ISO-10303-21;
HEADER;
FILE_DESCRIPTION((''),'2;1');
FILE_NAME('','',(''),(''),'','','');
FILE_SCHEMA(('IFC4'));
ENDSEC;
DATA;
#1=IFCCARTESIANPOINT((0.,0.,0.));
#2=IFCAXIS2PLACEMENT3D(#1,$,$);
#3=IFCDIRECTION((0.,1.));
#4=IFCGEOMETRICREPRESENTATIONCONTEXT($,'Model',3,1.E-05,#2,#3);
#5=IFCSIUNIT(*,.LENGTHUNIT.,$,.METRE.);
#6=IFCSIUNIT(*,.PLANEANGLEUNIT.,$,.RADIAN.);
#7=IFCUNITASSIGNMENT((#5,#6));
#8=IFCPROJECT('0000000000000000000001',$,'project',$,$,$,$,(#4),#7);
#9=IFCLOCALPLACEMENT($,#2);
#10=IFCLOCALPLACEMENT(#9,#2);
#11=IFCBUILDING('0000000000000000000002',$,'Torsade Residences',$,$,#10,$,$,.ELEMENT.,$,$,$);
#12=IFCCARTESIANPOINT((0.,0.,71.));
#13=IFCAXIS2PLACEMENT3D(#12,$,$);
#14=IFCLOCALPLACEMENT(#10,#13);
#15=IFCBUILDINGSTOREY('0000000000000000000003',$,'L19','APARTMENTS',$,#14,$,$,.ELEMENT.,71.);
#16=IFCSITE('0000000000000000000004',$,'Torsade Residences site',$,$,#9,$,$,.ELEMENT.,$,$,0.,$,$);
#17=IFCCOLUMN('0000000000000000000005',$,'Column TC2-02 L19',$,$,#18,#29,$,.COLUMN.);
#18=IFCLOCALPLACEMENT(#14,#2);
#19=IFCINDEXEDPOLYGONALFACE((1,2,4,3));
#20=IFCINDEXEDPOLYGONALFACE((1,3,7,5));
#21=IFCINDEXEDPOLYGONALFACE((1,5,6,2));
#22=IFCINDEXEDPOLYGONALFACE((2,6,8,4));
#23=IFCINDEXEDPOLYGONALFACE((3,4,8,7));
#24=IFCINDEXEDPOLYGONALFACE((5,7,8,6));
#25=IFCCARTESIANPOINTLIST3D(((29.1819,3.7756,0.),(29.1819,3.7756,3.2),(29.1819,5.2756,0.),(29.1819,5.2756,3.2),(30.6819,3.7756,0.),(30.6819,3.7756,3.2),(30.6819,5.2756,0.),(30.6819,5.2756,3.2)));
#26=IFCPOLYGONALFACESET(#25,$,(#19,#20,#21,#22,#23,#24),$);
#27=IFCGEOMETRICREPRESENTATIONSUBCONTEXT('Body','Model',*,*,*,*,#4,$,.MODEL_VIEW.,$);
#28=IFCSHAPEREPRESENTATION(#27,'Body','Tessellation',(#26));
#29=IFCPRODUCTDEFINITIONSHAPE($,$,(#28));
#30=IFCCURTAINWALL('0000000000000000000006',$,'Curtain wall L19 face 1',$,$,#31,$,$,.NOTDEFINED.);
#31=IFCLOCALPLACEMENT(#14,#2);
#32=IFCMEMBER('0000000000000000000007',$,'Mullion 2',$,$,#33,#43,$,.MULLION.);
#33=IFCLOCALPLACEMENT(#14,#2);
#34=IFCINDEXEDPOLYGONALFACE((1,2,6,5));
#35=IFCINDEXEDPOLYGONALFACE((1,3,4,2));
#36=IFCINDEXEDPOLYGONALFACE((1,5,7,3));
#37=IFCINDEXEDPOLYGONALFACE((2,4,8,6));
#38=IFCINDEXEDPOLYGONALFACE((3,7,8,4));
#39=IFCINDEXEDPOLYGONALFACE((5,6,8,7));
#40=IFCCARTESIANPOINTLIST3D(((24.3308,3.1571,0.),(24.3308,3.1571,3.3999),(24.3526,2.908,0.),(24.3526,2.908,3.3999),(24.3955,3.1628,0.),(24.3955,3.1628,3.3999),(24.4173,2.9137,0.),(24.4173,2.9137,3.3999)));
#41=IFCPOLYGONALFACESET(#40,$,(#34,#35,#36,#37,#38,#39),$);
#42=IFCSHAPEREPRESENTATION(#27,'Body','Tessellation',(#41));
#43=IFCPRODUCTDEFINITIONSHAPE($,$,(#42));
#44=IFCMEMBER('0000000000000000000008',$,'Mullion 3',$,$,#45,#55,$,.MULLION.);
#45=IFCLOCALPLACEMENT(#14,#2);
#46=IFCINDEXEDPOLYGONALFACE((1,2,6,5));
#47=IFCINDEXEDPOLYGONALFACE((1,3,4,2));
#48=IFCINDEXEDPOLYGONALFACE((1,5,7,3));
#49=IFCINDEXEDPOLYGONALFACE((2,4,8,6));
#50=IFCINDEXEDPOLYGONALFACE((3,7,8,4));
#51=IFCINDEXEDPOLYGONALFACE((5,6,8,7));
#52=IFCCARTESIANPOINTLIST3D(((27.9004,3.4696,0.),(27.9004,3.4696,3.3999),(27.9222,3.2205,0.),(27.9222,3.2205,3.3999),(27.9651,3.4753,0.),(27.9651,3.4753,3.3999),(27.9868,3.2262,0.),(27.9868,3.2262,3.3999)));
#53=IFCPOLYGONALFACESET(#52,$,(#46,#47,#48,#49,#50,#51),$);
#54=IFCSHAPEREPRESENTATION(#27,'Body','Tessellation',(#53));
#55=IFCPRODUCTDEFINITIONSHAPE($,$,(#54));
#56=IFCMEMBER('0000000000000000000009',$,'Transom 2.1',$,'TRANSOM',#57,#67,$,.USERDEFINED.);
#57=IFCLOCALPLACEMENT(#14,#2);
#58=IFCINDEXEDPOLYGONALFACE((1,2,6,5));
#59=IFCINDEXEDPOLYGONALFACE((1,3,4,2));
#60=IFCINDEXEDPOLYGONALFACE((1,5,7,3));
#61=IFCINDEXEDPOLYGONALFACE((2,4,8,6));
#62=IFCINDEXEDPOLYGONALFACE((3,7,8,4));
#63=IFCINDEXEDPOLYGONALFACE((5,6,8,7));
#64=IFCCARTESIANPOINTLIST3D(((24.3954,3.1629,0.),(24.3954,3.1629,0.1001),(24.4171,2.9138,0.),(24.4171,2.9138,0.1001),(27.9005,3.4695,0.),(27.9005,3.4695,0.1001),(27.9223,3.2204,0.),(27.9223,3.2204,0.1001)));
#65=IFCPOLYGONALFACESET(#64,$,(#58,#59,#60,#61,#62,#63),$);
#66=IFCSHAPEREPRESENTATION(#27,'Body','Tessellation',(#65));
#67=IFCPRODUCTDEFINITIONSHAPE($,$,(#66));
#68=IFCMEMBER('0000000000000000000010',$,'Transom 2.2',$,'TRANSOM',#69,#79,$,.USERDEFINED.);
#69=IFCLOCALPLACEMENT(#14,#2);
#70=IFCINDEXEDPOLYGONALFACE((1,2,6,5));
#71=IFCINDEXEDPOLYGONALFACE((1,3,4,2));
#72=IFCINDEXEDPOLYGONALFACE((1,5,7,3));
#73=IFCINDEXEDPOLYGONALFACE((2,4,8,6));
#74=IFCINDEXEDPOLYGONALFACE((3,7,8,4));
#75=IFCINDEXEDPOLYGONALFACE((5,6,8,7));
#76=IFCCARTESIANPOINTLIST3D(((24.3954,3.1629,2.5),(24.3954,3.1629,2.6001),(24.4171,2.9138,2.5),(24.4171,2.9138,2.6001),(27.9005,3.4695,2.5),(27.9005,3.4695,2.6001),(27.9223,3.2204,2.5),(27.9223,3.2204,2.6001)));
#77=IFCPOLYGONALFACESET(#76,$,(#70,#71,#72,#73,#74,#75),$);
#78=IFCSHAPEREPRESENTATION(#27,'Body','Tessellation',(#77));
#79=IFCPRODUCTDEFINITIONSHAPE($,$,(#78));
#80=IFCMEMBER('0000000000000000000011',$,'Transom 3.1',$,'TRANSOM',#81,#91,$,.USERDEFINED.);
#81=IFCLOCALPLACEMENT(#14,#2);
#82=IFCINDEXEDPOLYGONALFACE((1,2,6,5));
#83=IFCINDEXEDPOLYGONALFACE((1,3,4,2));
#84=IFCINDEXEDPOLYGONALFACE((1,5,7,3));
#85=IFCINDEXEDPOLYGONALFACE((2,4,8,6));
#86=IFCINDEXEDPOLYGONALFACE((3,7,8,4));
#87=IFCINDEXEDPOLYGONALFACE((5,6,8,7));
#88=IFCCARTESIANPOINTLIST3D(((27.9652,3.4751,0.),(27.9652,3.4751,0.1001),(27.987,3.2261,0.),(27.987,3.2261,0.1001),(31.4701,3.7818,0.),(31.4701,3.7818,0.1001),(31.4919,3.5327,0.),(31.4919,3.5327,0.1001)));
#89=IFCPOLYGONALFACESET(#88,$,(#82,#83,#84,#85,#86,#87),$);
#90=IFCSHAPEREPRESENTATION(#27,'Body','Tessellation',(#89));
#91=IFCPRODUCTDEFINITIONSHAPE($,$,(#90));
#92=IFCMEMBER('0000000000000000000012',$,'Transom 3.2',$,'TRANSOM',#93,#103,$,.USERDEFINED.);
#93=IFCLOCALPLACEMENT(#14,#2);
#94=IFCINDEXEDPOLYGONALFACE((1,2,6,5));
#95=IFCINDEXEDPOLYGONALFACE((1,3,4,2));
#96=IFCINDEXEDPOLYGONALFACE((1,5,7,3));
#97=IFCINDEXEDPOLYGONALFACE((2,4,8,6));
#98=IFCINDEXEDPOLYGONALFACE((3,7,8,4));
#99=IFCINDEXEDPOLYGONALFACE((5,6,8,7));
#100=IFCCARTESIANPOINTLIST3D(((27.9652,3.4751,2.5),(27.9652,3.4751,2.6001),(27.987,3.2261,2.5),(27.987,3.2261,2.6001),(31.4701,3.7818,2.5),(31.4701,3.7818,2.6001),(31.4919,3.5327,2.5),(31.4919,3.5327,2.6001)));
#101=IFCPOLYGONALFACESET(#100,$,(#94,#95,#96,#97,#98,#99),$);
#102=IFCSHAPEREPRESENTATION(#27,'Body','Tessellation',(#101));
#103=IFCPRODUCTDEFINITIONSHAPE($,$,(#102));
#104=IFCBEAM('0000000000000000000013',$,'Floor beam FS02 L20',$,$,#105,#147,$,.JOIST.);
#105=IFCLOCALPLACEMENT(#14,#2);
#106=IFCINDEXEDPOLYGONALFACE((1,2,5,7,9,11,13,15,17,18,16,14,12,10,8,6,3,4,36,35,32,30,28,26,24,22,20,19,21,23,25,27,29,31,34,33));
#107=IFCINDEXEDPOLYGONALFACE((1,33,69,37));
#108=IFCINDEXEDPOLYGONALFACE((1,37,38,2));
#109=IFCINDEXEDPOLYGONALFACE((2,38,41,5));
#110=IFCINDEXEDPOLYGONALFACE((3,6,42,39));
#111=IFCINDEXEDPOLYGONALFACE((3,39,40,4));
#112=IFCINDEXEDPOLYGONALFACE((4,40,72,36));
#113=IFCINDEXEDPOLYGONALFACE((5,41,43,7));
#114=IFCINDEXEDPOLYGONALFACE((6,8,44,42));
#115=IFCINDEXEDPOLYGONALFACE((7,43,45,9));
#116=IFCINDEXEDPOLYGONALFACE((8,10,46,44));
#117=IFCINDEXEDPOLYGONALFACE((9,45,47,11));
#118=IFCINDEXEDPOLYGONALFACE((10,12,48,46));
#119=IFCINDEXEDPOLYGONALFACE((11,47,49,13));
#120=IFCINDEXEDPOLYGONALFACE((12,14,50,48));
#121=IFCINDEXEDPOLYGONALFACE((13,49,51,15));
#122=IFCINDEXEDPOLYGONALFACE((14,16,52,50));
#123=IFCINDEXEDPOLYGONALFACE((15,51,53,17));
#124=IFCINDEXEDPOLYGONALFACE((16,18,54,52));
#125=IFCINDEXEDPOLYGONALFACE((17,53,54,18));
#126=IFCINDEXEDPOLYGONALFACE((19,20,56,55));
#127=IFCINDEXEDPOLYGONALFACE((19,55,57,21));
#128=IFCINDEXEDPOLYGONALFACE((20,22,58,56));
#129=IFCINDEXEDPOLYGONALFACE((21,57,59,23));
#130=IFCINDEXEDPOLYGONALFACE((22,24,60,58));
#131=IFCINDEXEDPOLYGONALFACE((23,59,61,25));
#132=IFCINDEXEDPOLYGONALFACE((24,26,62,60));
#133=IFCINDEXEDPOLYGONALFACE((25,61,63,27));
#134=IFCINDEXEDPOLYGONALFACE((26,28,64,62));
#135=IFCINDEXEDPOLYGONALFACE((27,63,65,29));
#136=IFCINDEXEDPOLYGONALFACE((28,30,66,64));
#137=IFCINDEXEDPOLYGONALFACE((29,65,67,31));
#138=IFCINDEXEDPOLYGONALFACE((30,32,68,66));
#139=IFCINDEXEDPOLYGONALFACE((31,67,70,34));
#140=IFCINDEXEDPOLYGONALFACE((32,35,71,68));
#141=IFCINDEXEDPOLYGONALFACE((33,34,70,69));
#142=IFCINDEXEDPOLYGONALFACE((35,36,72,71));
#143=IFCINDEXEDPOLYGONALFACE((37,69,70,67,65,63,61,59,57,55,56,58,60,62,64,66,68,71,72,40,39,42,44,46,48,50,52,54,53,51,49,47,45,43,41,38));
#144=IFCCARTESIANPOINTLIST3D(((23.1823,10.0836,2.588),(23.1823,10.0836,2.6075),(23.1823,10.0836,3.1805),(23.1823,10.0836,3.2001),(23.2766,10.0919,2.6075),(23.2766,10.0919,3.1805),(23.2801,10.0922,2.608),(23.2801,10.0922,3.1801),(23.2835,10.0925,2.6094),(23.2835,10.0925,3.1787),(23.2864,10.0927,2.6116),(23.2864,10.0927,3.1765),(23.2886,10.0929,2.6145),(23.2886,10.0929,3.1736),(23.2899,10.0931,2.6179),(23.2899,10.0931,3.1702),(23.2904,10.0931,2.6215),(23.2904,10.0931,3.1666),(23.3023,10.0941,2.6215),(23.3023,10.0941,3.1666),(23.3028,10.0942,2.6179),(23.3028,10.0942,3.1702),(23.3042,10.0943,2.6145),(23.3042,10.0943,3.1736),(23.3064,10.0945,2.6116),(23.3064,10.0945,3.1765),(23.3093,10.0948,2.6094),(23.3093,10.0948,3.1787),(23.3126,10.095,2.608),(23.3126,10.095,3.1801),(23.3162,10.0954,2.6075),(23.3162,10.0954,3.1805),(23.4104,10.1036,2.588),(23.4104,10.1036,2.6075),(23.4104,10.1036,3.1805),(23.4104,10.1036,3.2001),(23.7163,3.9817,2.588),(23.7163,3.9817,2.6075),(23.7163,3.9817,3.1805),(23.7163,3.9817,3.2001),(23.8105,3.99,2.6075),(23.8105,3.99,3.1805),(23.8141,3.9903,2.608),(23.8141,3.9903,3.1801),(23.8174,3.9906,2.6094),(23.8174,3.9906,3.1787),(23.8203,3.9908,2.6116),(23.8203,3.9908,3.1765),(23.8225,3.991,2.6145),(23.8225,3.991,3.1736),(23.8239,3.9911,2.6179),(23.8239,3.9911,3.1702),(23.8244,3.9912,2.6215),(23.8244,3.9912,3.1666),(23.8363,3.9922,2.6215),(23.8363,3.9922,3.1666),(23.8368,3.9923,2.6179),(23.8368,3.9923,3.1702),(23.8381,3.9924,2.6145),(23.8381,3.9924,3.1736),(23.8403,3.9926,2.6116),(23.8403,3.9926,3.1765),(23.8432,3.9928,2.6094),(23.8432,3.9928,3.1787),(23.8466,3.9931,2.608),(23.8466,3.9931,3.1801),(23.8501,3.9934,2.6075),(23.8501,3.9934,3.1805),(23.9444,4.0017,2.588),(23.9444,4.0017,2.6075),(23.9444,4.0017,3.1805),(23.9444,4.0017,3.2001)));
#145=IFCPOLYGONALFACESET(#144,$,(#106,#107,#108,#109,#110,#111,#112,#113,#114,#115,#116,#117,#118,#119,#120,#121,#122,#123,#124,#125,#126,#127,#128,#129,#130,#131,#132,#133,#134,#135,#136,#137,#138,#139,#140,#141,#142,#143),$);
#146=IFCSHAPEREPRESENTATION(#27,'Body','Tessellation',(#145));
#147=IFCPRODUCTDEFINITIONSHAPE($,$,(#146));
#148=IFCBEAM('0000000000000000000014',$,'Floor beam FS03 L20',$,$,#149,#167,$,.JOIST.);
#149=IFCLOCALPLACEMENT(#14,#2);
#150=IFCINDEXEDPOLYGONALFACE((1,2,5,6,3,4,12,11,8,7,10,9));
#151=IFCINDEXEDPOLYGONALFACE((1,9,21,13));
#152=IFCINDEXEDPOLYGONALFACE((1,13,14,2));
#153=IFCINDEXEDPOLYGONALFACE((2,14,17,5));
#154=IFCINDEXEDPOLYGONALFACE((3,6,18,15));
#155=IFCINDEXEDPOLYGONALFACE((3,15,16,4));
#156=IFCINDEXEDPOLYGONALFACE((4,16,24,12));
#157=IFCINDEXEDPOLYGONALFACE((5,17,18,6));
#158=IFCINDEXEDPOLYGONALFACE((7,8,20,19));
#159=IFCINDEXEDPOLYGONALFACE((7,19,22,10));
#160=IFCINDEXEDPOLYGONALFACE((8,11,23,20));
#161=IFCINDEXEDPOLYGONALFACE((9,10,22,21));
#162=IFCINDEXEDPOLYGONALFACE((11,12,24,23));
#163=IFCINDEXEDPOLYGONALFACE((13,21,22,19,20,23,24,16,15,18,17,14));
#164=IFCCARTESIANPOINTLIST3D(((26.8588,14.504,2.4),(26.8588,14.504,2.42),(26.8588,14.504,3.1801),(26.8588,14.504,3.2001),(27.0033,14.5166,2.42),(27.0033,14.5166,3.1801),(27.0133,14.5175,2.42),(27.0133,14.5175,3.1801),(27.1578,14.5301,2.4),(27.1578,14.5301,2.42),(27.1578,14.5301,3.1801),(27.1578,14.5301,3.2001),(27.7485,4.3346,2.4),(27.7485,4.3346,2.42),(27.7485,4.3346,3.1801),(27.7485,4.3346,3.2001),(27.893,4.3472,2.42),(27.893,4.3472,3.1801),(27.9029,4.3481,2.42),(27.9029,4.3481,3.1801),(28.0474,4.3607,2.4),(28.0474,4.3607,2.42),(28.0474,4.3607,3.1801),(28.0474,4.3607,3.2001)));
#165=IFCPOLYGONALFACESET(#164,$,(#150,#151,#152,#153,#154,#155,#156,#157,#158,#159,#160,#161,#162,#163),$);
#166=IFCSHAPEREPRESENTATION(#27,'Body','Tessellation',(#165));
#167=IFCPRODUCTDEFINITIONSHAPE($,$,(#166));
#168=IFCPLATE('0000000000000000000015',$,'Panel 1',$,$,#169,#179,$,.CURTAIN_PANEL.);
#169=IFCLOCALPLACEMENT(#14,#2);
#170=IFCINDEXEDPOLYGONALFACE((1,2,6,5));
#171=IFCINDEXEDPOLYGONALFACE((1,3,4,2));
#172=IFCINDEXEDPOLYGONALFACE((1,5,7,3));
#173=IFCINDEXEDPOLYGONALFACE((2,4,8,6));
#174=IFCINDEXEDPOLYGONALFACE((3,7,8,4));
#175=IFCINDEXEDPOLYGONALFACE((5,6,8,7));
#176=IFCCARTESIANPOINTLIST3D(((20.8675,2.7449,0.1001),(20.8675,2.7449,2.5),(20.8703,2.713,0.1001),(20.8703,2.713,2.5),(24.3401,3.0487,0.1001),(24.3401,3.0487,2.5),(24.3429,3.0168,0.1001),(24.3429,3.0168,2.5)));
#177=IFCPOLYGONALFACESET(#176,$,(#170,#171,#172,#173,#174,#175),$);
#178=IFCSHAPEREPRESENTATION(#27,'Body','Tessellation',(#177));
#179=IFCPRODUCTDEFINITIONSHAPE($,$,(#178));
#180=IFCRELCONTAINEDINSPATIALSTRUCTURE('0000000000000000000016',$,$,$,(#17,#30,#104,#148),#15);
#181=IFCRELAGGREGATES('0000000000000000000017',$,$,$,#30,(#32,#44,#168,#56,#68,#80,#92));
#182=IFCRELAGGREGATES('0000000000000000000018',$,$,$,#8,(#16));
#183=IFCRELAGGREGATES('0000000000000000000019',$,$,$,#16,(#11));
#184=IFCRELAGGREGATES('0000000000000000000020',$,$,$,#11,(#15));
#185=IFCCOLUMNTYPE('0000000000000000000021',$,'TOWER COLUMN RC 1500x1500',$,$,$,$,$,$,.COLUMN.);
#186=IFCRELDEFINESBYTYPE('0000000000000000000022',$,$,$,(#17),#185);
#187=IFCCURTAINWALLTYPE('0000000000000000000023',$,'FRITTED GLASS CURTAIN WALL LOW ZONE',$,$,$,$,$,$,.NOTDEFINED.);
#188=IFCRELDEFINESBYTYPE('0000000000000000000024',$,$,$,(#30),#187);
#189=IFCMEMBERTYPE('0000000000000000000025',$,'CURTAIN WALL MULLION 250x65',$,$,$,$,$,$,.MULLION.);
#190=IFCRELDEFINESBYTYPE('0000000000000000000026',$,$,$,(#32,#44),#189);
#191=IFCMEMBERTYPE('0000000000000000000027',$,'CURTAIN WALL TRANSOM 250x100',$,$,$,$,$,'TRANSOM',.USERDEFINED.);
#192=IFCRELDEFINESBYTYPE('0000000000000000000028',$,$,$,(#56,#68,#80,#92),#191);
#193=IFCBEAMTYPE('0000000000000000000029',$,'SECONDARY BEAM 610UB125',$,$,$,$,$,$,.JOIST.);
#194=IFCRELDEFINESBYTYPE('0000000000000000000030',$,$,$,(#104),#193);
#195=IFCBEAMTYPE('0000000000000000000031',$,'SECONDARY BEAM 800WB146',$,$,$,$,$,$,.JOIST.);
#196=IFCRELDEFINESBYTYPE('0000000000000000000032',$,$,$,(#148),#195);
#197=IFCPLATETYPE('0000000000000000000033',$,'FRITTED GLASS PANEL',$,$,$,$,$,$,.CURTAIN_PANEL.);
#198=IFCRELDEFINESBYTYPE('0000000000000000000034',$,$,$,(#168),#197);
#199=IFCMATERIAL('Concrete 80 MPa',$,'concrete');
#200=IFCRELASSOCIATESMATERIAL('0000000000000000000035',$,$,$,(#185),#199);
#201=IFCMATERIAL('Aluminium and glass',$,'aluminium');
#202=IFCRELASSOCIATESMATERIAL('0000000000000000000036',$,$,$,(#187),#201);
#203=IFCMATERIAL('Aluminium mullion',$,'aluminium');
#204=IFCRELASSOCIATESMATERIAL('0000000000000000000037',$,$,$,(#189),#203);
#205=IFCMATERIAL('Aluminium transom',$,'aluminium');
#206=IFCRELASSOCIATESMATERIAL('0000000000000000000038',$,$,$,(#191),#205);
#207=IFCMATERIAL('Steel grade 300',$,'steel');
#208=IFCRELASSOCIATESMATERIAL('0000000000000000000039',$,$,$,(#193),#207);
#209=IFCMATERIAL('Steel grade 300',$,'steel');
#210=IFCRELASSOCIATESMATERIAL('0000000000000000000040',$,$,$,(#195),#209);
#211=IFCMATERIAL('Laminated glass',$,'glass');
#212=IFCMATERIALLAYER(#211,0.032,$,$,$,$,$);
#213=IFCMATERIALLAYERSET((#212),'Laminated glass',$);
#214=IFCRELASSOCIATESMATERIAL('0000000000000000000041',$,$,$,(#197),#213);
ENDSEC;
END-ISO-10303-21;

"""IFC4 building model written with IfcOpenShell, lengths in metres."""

from ifc_helpers import new_model, si_unit, direction, frame, origin, origin_2d, place, context, subcontext, project, spatial, rectangle, i_section, extrude, material, layer, layer_set, material_profile, profile_set, type_object, element, aggregate, save


model = new_model("IFC4")

# Units and contexts
model_context = context("Model", 3, precision=1e-05, world=origin(), true_north=direction((0.0, 1.0)))
body_context = subcontext(model_context, "Body", "Model", "MODEL_VIEW")
ifc_project = project(units=[si_unit("LENGTHUNIT", "METRE"), si_unit("PLANEANGLEUNIT", "RADIAN")], contexts=[model_context])

# Site, building, storey
site_placement = place(None, origin())
site = spatial("IfcSite", under=ifc_project, at=site_placement, Name="Torsade Residences site", CompositionType="ELEMENT", RefElevation=0.0)
building_placement = place(site_placement, origin())
building = spatial("IfcBuilding", under=site, at=building_placement, Name="Torsade Residences", CompositionType="ELEMENT")
storey_placement = place(building_placement, frame((0.0, 0.0, 71.0)))
storey = spatial("IfcBuildingStorey", under=building, at=storey_placement, Name="L19", Description="APARTMENTS", CompositionType="ELEMENT", Elevation=71.0)

# Column
ifc_material_1 = material(Name="Concrete 80 MPa", Category="concrete")
ifc_material_profile_1 = material_profile(ifc_material_1, rectangle(XDim=1.5, YDim=1.5, at=origin_2d()), Name="RC 1500x1500")
ifc_profile_set_1 = profile_set([ifc_material_profile_1], Name="Concrete 80 MPa")
column_type = type_object("IfcColumnType", Name="TOWER COLUMN RC 1500x1500", PredefinedType="COLUMN", material=ifc_profile_set_1)
column_placement = place(storey_placement, frame((29.9319, 4.5256, 0.0), z_axis=(0.0, 0.0, 1.0), x_axis=(1.0, 0.0, 0.0)))
element("IfcColumn", 1, at=column_placement, inside=storey, type_object=column_type, Name="Column TC2-02 L19", PredefinedType="COLUMN", context=body_context, shape_type="SweptSolid", body=[
    extrude(rectangle(XDim=1.5, YDim=1.5, at=origin_2d()), origin(), (0.0, 0.0, 1.0), 3.2),
])

# Curtain wall, members
ifc_material_2 = material(Name="Aluminium and glass", Category="aluminium")
curtain_wall_type = type_object("IfcCurtainWallType", Name="FRITTED GLASS CURTAIN WALL LOW ZONE", PredefinedType="NOTDEFINED", material=ifc_material_2)
curtain_wall_placement = place(storey_placement, origin())
curtain_wall = element("IfcCurtainWall", 2, at=curtain_wall_placement, inside=storey, type_object=curtain_wall_type, Name="Curtain wall L19 face 1", PredefinedType="NOTDEFINED")
ifc_material_3 = material(Name="Aluminium mullion", Category="aluminium")
ifc_material_profile_2 = material_profile(ifc_material_3, rectangle(XDim=0.25, YDim=0.0649, at=origin_2d()), Name="CURTAIN WALL MULLION 250x65")
ifc_profile_set_2 = profile_set([ifc_material_profile_2], Name="Aluminium mullion")
member_type_1 = type_object("IfcMemberType", Name="CURTAIN WALL MULLION 250x65", PredefinedType="MULLION", material=ifc_profile_set_2)
member_1_placement = place(storey_placement, frame((24.374, 3.0354, 0.0), z_axis=(0.0, 0.0, 1.0), x_axis=(-0.087156, 0.996195, 0.0)))
member_1 = element("IfcMember", 3, at=member_1_placement, type_object=member_type_1, Name="Mullion 2", PredefinedType="MULLION", context=body_context, shape_type="SweptSolid", body=[
    extrude(rectangle(XDim=0.25, YDim=0.0649, at=origin_2d()), origin(), (0.0, 0.0, 1.0), 3.3999),
])
member_2_placement = place(storey_placement, frame((27.9436, 3.3479, 0.0), z_axis=(0.0, 0.0, 1.0), x_axis=(-0.087156, 0.996195, 0.0)))
member_2 = element("IfcMember", 4, at=member_2_placement, type_object=member_type_1, Name="Mullion 3", PredefinedType="MULLION", context=body_context, shape_type="SweptSolid", body=[
    extrude(rectangle(XDim=0.25, YDim=0.0649, at=origin_2d()), origin(), (0.0, 0.0, 1.0), 3.3999),
])
ifc_material_4 = material(Name="Aluminium transom", Category="aluminium")
ifc_material_profile_3 = material_profile(ifc_material_4, rectangle(XDim=0.25, YDim=0.1001, at=origin_2d()), Name="CURTAIN WALL TRANSOM 250x100")
ifc_profile_set_3 = profile_set([ifc_material_profile_3], Name="Aluminium transom")
member_type_2 = type_object("IfcMemberType", Name="CURTAIN WALL TRANSOM 250x100", ElementType="TRANSOM", PredefinedType="USERDEFINED", material=ifc_profile_set_3)
member_3_placement = place(storey_placement, frame((24.4062, 3.0383, 0.05), z_axis=(0.996195, 0.087151, 0.0), x_axis=(-0.087151, 0.996195, 0.0)))
member_3 = element("IfcMember", 5, at=member_3_placement, type_object=member_type_2, Name="Transom 2.1", ObjectType="TRANSOM", PredefinedType="USERDEFINED", context=body_context, shape_type="SweptSolid", body=[
    extrude(rectangle(XDim=0.25, YDim=0.1001, at=origin_2d()), origin(), (0.0, 0.0, 1.0), 3.5186),
])
member_4_placement = place(storey_placement, frame((24.4062, 3.0383, 2.55), z_axis=(0.996195, 0.087151, 0.0), x_axis=(-0.087151, 0.996195, 0.0)))
member_4 = element("IfcMember", 6, at=member_4_placement, type_object=member_type_2, Name="Transom 2.2", ObjectType="TRANSOM", PredefinedType="USERDEFINED", context=body_context, shape_type="SweptSolid", body=[
    extrude(rectangle(XDim=0.25, YDim=0.1001, at=origin_2d()), origin(), (0.0, 0.0, 1.0), 3.5186),
])
member_5_placement = place(storey_placement, frame((27.9761, 3.3506, 0.05), z_axis=(0.996195, 0.087157, 0.0), x_axis=(-0.087157, 0.996195, 0.0)))
member_5 = element("IfcMember", 7, at=member_5_placement, type_object=member_type_2, Name="Transom 3.1", ObjectType="TRANSOM", PredefinedType="USERDEFINED", context=body_context, shape_type="SweptSolid", body=[
    extrude(rectangle(XDim=0.25, YDim=0.1001, at=origin_2d()), origin(), (0.0, 0.0, 1.0), 3.5183),
])
member_6_placement = place(storey_placement, frame((27.9761, 3.3506, 2.55), z_axis=(0.996195, 0.087157, 0.0), x_axis=(-0.087157, 0.996195, 0.0)))
member_6 = element("IfcMember", 8, at=member_6_placement, type_object=member_type_2, Name="Transom 3.2", ObjectType="TRANSOM", PredefinedType="USERDEFINED", context=body_context, shape_type="SweptSolid", body=[
    extrude(rectangle(XDim=0.25, YDim=0.1001, at=origin_2d()), origin(), (0.0, 0.0, 1.0), 3.5183),
])

# Beams
ifc_material_5 = material(Name="Steel grade 300", Category="steel")
ifc_material_profile_4 = material_profile(ifc_material_5, i_section(OverallWidth=0.229, OverallDepth=0.6121, WebThickness=0.012, FlangeThickness=0.0195, FilletRadius=0.0139, at=origin_2d()), Name="610UB125")
ifc_profile_set_4 = profile_set([ifc_material_profile_4], Name="Steel grade 300")
beam_type_1 = type_object("IfcBeamType", Name="SECONDARY BEAM 610UB125", PredefinedType="JOIST", material=ifc_profile_set_4)
beam_1_placement = place(storey_placement, frame((23.8303, 3.9917, 2.894), z_axis=(-0.087171, 0.996193, 0.0), x_axis=(-0.996193, -0.087171, 0.0)))
element("IfcBeam", 9, at=beam_1_placement, inside=storey, type_object=beam_type_1, Name="Floor beam FS02 L20", PredefinedType="JOIST", context=body_context, shape_type="SweptSolid", body=[
    extrude(i_section(OverallWidth=0.229, OverallDepth=0.6121, WebThickness=0.012, FlangeThickness=0.0195, FilletRadius=0.0139, at=origin_2d()), origin(), (0.0, 0.0, 1.0), 6.1252),
])
ifc_material_6 = material(Name="Steel grade 300", Category="steel")
ifc_material_profile_5 = material_profile(ifc_material_6, i_section(OverallWidth=0.3, OverallDepth=0.8, WebThickness=0.01, FlangeThickness=0.02, at=origin_2d()), Name="800WB146")
ifc_profile_set_5 = profile_set([ifc_material_profile_5], Name="Steel grade 300")
beam_type_2 = type_object("IfcBeamType", Name="SECONDARY BEAM 800WB146", PredefinedType="JOIST", material=ifc_profile_set_5)
beam_2_placement = place(storey_placement, frame((27.8979, 4.3477, 2.8), z_axis=(-0.08715, 0.996195, 0.0), x_axis=(-0.996195, -0.08715, 0.0)))
element("IfcBeam", 10, at=beam_2_placement, inside=storey, type_object=beam_type_2, Name="Floor beam FS03 L20", PredefinedType="JOIST", context=body_context, shape_type="SweptSolid", body=[
    extrude(i_section(OverallWidth=0.3, OverallDepth=0.8, WebThickness=0.01, FlangeThickness=0.02, at=origin_2d()), origin(), (0.0, 0.0, 1.0), 10.2083),
])

# Plate
ifc_material_7 = material(Name="Laminated glass", Category="glass")
ifc_layer_1 = layer(ifc_material_7, 0.032)
ifc_layer_set_1 = layer_set([ifc_layer_1], Name="Laminated glass")
plate_type_1 = type_object("IfcPlateType", Name="FRITTED GLASS PANEL", PredefinedType="CURTAIN_PANEL", material=ifc_layer_set_1)
plate_1_placement = place(storey_placement, frame((22.6052, 2.8809, 0.1001), z_axis=(0.0, 0.0, 1.0), x_axis=(0.996195, 0.087156, 0.0)))
plate_1 = element("IfcPlate", 11, at=plate_1_placement, type_object=plate_type_1, Name="Panel 1", PredefinedType="CURTAIN_PANEL", context=body_context, shape_type="SweptSolid", body=[
    extrude(rectangle(XDim=3.4858, YDim=0.032, at=origin_2d()), origin(), (0.0, 0.0, 1.0), 2.3999),
])
aggregate(curtain_wall, [member_1, member_2, plate_1, member_3, member_4, member_5, member_6])

save(model, "model.ifc")
